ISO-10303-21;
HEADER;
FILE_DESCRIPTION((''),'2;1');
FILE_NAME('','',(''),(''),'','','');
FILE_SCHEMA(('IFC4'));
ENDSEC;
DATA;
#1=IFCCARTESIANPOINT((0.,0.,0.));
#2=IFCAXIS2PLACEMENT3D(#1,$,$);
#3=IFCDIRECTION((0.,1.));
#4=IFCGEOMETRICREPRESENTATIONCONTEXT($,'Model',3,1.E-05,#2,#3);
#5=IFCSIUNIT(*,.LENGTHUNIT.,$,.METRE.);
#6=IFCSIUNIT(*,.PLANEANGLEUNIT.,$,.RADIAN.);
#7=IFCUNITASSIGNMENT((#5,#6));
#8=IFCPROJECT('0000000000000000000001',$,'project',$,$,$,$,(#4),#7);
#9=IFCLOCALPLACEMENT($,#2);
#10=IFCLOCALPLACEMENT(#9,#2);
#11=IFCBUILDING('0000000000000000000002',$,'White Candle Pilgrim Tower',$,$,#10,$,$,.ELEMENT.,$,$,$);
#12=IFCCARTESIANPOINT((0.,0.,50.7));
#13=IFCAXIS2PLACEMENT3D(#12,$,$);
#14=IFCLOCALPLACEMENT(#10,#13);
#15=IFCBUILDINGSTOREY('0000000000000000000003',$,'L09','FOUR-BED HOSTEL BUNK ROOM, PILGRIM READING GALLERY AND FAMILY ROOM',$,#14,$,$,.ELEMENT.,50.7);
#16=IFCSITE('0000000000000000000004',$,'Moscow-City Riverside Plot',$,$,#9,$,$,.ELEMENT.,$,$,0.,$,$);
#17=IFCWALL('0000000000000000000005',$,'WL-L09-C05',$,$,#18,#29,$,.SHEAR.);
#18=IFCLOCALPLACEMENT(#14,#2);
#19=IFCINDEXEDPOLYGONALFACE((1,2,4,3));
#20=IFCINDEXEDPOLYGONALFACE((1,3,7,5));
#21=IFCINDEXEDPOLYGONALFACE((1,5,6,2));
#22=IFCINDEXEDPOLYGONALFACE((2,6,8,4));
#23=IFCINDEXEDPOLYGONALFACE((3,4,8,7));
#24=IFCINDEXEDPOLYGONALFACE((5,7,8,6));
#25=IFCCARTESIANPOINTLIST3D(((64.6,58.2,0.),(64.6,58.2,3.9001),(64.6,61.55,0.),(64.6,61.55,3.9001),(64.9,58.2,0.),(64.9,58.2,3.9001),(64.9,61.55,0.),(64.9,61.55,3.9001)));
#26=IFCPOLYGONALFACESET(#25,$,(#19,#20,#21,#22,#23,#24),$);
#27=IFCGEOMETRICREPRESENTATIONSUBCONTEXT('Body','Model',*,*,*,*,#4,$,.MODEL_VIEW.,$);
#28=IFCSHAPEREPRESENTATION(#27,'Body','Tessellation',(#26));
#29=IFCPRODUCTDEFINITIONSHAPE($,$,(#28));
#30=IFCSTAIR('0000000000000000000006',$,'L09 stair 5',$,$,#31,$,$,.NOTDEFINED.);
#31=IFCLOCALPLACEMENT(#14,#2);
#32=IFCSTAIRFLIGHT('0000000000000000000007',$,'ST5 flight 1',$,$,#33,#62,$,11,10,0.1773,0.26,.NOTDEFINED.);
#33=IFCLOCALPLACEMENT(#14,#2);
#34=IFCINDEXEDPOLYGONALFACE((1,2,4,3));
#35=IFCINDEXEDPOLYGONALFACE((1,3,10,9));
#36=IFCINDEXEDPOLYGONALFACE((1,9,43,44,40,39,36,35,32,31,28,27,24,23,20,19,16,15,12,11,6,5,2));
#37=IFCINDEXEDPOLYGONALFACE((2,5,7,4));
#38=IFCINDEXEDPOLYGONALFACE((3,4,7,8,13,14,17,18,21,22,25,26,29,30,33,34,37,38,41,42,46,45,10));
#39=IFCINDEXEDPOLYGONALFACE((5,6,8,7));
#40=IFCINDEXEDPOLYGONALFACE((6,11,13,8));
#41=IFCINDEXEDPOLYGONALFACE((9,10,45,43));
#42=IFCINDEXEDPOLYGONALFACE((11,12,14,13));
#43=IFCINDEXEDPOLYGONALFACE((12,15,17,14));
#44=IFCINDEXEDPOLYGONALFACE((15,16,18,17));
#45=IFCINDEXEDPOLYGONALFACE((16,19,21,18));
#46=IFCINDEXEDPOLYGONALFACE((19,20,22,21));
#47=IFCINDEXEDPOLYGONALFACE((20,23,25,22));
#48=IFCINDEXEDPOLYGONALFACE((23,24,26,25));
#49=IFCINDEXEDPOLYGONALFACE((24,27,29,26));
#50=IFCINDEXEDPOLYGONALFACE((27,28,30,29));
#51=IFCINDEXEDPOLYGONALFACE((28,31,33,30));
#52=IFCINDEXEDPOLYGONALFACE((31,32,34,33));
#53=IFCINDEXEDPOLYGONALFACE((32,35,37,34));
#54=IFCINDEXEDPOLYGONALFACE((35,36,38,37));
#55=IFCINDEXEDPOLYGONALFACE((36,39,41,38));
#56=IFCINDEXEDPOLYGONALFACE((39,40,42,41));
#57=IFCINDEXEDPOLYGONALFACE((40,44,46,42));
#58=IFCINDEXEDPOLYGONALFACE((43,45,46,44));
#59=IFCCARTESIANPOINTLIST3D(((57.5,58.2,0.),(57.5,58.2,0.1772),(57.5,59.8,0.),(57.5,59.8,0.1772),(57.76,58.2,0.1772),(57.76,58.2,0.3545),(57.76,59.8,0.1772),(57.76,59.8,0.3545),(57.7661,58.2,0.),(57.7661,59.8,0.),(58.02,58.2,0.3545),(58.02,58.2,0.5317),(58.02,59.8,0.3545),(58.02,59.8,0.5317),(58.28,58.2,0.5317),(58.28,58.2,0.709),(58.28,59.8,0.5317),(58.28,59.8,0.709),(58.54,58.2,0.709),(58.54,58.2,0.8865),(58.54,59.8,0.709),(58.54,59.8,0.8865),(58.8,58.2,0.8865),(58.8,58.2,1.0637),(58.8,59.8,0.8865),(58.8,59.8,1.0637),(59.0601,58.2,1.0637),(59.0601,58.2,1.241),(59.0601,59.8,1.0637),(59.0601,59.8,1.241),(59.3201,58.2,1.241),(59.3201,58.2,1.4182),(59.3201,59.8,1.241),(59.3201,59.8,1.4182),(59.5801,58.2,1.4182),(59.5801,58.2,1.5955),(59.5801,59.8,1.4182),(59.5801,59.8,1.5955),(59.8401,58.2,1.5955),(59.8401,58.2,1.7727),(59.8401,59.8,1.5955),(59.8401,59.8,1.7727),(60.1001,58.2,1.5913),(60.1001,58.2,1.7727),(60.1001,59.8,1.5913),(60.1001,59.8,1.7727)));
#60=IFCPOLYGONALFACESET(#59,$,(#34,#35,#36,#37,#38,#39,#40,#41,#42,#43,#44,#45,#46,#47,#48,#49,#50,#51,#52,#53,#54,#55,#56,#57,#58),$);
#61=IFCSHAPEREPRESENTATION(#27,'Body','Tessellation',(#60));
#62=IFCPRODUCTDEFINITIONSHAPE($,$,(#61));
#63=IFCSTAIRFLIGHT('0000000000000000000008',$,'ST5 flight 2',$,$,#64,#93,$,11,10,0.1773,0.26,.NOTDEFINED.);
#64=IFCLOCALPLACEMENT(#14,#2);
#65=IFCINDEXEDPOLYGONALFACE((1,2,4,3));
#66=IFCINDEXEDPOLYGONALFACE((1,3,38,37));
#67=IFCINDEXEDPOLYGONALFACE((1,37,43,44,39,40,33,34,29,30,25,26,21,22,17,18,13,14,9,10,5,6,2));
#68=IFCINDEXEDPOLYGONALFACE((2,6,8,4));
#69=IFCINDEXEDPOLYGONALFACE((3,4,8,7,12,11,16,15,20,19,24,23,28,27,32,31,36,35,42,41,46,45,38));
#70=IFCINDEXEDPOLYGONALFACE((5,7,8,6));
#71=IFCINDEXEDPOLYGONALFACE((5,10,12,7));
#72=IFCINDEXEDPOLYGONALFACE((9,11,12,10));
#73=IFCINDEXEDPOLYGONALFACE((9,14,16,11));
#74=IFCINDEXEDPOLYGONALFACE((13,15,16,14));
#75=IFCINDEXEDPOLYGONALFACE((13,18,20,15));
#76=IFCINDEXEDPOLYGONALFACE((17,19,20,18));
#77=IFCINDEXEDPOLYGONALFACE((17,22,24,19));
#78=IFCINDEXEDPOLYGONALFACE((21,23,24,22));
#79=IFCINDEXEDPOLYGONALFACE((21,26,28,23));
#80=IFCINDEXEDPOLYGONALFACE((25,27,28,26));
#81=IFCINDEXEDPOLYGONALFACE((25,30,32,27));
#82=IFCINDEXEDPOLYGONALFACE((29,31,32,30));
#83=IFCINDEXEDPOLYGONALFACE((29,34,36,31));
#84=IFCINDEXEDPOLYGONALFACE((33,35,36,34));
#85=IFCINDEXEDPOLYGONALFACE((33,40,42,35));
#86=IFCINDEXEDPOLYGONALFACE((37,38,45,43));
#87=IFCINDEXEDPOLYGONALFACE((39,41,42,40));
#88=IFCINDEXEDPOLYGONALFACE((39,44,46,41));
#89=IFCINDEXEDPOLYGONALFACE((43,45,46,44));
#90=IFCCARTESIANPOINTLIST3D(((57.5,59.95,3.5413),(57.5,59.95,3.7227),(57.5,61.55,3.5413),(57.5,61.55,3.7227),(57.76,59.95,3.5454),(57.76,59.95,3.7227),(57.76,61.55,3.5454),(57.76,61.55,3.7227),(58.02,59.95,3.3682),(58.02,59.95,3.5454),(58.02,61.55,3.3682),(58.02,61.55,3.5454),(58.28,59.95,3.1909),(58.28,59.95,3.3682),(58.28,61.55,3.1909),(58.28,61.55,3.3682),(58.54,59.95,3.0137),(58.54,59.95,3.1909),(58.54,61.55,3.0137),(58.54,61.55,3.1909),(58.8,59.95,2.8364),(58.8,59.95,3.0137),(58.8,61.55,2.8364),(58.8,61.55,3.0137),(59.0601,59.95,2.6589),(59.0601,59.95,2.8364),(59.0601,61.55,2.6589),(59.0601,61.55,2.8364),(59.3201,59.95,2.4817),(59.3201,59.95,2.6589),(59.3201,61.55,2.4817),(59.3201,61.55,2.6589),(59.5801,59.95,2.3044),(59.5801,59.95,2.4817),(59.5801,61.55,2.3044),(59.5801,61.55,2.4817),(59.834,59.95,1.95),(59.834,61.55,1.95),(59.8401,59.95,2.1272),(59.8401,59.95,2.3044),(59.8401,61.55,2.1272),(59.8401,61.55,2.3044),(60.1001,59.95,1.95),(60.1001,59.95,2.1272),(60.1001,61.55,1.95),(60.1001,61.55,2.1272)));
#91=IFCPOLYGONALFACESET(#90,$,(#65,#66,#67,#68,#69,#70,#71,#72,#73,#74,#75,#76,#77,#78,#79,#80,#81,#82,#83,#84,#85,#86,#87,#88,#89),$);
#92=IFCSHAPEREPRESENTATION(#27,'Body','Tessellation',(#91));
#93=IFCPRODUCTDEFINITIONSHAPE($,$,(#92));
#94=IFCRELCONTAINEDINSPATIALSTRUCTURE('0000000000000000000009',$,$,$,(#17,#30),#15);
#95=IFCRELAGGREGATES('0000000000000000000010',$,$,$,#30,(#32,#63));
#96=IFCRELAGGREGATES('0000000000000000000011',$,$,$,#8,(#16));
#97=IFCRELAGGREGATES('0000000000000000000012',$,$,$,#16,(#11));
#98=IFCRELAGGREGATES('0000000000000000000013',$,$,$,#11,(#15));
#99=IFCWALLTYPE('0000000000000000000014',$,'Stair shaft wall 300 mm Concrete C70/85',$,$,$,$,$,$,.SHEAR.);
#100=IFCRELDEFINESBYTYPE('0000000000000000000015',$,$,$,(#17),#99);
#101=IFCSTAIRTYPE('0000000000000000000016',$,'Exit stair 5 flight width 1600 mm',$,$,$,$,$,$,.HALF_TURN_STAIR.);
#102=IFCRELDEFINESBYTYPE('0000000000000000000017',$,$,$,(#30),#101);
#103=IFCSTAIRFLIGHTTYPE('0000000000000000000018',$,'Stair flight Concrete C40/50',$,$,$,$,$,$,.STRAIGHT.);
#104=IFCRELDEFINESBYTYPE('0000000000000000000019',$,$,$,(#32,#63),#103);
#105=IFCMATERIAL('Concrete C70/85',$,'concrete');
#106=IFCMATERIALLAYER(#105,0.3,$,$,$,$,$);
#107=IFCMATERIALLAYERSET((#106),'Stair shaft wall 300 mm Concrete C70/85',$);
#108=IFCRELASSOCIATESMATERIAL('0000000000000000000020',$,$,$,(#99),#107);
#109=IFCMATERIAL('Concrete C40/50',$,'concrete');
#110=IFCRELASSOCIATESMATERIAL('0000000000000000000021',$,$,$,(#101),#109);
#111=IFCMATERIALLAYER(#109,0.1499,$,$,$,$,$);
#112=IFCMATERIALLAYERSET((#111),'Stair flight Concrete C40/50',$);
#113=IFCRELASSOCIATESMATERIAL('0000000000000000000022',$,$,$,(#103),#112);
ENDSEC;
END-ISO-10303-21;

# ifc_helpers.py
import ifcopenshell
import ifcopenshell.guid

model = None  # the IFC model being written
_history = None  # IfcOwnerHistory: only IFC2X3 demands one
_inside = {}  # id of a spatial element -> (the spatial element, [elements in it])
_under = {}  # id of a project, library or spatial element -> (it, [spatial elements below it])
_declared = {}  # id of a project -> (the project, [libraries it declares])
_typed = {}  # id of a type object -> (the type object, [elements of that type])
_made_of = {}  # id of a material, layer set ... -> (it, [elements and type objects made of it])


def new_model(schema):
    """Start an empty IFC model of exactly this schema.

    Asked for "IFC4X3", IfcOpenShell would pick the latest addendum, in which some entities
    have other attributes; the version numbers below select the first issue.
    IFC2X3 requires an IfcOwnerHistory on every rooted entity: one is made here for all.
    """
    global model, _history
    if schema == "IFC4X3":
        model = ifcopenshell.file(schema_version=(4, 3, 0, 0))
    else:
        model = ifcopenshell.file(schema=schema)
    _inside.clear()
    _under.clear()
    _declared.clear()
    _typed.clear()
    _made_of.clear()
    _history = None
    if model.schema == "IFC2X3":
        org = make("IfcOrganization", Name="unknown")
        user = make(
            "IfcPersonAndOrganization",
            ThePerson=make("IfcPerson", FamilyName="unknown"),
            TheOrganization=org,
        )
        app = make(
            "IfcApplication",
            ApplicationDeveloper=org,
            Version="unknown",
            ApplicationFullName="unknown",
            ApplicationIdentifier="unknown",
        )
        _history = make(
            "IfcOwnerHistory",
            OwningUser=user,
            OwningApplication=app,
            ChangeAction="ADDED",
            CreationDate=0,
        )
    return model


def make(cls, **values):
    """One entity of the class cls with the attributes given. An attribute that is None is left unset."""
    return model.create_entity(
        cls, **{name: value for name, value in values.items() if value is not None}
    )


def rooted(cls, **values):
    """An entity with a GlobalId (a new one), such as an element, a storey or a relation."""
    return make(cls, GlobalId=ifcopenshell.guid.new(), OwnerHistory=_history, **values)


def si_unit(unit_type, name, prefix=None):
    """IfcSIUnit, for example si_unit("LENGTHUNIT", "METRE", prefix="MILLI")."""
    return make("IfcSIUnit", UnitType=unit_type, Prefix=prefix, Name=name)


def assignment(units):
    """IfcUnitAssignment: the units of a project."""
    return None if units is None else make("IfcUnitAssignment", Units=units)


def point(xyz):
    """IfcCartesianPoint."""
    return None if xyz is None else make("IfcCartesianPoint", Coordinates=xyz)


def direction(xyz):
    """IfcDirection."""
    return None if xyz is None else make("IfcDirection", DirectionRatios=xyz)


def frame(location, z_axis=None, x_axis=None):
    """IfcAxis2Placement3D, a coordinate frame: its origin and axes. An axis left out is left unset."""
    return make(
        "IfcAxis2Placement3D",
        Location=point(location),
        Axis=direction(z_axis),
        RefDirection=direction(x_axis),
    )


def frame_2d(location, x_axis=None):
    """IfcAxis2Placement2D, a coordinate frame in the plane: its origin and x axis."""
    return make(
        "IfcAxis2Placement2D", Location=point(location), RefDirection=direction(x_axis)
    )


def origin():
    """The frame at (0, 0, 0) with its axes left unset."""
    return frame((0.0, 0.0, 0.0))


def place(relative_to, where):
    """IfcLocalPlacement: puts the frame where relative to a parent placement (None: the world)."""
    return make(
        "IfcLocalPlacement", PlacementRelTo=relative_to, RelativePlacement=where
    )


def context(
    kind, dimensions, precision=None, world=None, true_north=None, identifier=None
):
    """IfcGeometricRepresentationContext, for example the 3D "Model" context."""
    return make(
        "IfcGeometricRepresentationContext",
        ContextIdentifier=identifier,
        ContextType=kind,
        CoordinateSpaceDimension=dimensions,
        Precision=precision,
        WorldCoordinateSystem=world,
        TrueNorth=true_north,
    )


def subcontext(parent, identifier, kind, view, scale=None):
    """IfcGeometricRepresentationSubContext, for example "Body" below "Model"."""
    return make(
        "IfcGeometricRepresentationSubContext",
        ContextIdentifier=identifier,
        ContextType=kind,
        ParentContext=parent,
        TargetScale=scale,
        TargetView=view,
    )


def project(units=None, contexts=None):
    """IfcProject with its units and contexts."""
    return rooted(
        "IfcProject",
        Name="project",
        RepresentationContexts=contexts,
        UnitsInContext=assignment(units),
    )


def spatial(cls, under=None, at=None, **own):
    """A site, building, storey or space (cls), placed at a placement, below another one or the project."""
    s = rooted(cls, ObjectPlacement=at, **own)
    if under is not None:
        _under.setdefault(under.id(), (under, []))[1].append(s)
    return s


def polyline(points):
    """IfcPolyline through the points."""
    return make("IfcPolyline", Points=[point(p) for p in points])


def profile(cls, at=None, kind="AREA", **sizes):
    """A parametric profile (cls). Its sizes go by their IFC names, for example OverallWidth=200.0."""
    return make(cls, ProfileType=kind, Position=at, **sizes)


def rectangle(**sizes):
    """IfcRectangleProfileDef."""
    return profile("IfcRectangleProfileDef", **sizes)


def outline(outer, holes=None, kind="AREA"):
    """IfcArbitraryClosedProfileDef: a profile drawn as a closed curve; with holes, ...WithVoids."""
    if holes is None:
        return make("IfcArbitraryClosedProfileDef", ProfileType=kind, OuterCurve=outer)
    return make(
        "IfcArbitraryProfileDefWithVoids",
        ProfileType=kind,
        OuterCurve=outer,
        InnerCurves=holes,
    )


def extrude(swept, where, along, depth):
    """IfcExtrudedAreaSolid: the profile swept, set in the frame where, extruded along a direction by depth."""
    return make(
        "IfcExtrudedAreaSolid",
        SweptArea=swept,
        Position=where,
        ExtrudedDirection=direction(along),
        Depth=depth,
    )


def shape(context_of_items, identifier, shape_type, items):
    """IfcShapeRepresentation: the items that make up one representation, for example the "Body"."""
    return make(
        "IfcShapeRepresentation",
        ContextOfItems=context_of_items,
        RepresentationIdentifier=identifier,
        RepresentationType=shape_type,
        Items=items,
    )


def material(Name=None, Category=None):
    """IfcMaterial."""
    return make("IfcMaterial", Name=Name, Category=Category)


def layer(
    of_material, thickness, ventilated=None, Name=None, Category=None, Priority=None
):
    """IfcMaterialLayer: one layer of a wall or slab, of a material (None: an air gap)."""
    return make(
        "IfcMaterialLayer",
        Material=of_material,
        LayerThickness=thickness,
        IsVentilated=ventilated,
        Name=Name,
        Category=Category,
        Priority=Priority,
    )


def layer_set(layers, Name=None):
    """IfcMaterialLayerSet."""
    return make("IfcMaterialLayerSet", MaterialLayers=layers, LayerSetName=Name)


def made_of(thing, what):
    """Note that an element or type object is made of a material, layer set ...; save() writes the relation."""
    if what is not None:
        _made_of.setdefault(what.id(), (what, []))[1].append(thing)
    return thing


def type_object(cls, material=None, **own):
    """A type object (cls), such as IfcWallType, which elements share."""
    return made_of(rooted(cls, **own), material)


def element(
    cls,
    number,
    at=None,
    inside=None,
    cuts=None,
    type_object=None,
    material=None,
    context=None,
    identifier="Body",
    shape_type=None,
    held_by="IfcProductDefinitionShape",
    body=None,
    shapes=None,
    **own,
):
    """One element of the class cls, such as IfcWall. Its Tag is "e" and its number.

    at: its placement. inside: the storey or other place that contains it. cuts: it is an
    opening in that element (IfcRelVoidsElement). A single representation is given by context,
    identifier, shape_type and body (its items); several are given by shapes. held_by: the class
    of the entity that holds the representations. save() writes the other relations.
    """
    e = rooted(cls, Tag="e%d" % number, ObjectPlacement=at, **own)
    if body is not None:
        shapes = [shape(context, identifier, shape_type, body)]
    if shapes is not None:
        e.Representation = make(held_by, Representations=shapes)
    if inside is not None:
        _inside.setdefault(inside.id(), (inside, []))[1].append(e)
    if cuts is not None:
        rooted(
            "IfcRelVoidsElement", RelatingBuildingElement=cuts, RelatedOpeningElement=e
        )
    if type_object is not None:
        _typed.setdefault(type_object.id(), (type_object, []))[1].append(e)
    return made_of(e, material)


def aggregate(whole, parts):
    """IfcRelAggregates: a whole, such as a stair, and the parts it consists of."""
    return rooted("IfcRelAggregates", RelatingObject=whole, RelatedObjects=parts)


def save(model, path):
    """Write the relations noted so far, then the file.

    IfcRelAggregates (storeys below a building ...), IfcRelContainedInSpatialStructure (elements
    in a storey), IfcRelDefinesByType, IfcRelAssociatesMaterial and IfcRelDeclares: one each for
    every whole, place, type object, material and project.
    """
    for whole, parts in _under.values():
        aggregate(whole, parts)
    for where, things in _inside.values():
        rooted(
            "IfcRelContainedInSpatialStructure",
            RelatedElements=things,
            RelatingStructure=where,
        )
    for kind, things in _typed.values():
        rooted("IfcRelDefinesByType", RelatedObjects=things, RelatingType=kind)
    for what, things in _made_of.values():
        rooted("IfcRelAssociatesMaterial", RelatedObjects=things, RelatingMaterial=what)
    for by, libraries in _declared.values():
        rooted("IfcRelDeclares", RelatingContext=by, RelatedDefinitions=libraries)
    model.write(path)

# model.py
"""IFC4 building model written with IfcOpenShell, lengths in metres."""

from ifc_helpers import new_model, si_unit, direction, frame, frame_2d, origin, place, context, subcontext, project, spatial, polyline, rectangle, outline, extrude, material, layer, layer_set, type_object, element, aggregate, save


model = new_model("IFC4")

# Units and contexts
model_context = context("Model", 3, precision=1e-05, world=origin(), true_north=direction((0.0, 1.0)))
body_context = subcontext(model_context, "Body", "Model", "MODEL_VIEW")
ifc_project = project(units=[si_unit("LENGTHUNIT", "METRE"), si_unit("PLANEANGLEUNIT", "RADIAN")], contexts=[model_context])

# Site, building, storey
site_placement = place(None, origin())
site = spatial("IfcSite", under=ifc_project, at=site_placement, Name="Moscow-City Riverside Plot", CompositionType="ELEMENT", RefElevation=0.0)
building_placement = place(site_placement, origin())
building = spatial("IfcBuilding", under=site, at=building_placement, Name="White Candle Pilgrim Tower", CompositionType="ELEMENT")
storey_placement = place(building_placement, frame((0.0, 0.0, 50.7)))
storey = spatial("IfcBuildingStorey", under=building, at=storey_placement, Name="L09", Description="FOUR-BED HOSTEL BUNK ROOM, PILGRIM READING GALLERY AND FAMILY ROOM", CompositionType="ELEMENT", Elevation=50.7)

# Shared definitions
ifc_material_1 = material(Name="Concrete C70/85", Category="concrete")

# Shared definitions
ifc_layer_1 = layer(ifc_material_1, 0.3)
ifc_layer_set_1 = layer_set([ifc_layer_1], Name="Stair shaft wall 300 mm Concrete C70/85")
wall_type_1 = type_object("IfcWallType", Name="Stair shaft wall 300 mm Concrete C70/85", PredefinedType="SHEAR", material=ifc_layer_set_1)

# Wall
wall_1_placement = place(storey_placement, frame((64.75, 58.2, 0.0), z_axis=(0.0, 0.0, 1.0), x_axis=(0.0, 1.0, 0.0)))
element("IfcWall", 1, at=wall_1_placement, inside=storey, type_object=wall_type_1, Name="WL-L09-C05", PredefinedType="SHEAR", context=body_context, shape_type="SweptSolid", body=[
    extrude(rectangle(XDim=3.3501, YDim=0.3, at=frame_2d((1.675, 0.0))), origin(), (0.0, 0.0, 1.0), 3.9001),
])

# Stair, stair flights
ifc_material_2 = material(Name="Concrete C40/50", Category="concrete")
stair_type = type_object("IfcStairType", Name="Exit stair 5 flight width 1600 mm", PredefinedType="HALF_TURN_STAIR", material=ifc_material_2)
stair_placement = place(storey_placement, origin())
stair = element("IfcStair", 2, at=stair_placement, inside=storey, type_object=stair_type, Name="L09 stair 5", PredefinedType="NOTDEFINED")
ifc_layer_2 = layer(ifc_material_2, 0.1499)
ifc_layer_set_2 = layer_set([ifc_layer_2], Name="Stair flight Concrete C40/50")
stair_flight_type = type_object("IfcStairFlightType", Name="Stair flight Concrete C40/50", PredefinedType="STRAIGHT", material=ifc_layer_set_2)
stair_flight_1_placement = place(storey_placement, frame((57.5, 59.0, 0.0), z_axis=(0.0, 0.0, 1.0), x_axis=(1.0, 0.0, 0.0)))
stair_flight_1 = element("IfcStairFlight", 3, at=stair_flight_1_placement, type_object=stair_flight_type, Name="ST5 flight 1", NumberOfRisers=11, NumberOfTreads=10, PredefinedType="NOTDEFINED", RiserHeight=0.1773, TreadLength=0.26, context=body_context, shape_type="SweptSolid", body=[
    extrude(outline(polyline([(0.0, 0.0), (0.0, 0.1772), (0.26, 0.1772), (0.26, 0.3545), (0.52, 0.3545), (0.52, 0.5317), (0.78, 0.5317), (0.78, 0.709), (1.04, 0.709), (1.04, 0.8865), (1.3, 0.8865), (1.3, 1.0637), (1.5601, 1.0637), (1.5601, 1.241), (1.8201, 1.241), (1.8201, 1.4182), (2.0801, 1.4182), (2.0801, 1.5955), (2.3401, 1.5955), (2.3401, 1.7727), (2.6001, 1.7727), (2.6001, 1.95), (2.6001, 1.5913), (0.2661, 0.0), (0.0, 0.0)])), frame((0.0, 0.8, 0.0), z_axis=(0.0, -1.0, 0.0), x_axis=(1.0, 0.0, 0.0)), (0.0, 0.0, 1.0), 1.6001),
])
stair_flight_2_placement = place(storey_placement, frame((60.1001, 60.75, 1.95), z_axis=(0.0, 0.0, 1.0), x_axis=(-1.0, 0.0, 0.0)))
stair_flight_2 = element("IfcStairFlight", 4, at=stair_flight_2_placement, type_object=stair_flight_type, Name="ST5 flight 2", NumberOfRisers=11, NumberOfTreads=10, PredefinedType="NOTDEFINED", RiserHeight=0.1773, TreadLength=0.26, context=body_context, shape_type="SweptSolid", body=[
    extrude(outline(polyline([(0.0, 0.0), (0.0, 0.1772), (0.26, 0.1772), (0.26, 0.3545), (0.52, 0.3545), (0.52, 0.5317), (0.78, 0.5317), (0.78, 0.709), (1.04, 0.709), (1.04, 0.8865), (1.3, 0.8865), (1.3, 1.0637), (1.5601, 1.0637), (1.5601, 1.241), (1.8201, 1.241), (1.8201, 1.4182), (2.0801, 1.4182), (2.0801, 1.5955), (2.3401, 1.5955), (2.3401, 1.7727), (2.6001, 1.7727), (2.6001, 1.95), (2.6001, 1.5913), (0.2661, 0.0), (0.0, 0.0)])), frame((0.0, 0.8, 0.0), z_axis=(0.0, -1.0, 0.0), x_axis=(1.0, 0.0, 0.0)), (0.0, 0.0, 1.0), 1.6001),
])
aggregate(stair, [stair_flight_1, stair_flight_2])

save(model, "model.ifc")
